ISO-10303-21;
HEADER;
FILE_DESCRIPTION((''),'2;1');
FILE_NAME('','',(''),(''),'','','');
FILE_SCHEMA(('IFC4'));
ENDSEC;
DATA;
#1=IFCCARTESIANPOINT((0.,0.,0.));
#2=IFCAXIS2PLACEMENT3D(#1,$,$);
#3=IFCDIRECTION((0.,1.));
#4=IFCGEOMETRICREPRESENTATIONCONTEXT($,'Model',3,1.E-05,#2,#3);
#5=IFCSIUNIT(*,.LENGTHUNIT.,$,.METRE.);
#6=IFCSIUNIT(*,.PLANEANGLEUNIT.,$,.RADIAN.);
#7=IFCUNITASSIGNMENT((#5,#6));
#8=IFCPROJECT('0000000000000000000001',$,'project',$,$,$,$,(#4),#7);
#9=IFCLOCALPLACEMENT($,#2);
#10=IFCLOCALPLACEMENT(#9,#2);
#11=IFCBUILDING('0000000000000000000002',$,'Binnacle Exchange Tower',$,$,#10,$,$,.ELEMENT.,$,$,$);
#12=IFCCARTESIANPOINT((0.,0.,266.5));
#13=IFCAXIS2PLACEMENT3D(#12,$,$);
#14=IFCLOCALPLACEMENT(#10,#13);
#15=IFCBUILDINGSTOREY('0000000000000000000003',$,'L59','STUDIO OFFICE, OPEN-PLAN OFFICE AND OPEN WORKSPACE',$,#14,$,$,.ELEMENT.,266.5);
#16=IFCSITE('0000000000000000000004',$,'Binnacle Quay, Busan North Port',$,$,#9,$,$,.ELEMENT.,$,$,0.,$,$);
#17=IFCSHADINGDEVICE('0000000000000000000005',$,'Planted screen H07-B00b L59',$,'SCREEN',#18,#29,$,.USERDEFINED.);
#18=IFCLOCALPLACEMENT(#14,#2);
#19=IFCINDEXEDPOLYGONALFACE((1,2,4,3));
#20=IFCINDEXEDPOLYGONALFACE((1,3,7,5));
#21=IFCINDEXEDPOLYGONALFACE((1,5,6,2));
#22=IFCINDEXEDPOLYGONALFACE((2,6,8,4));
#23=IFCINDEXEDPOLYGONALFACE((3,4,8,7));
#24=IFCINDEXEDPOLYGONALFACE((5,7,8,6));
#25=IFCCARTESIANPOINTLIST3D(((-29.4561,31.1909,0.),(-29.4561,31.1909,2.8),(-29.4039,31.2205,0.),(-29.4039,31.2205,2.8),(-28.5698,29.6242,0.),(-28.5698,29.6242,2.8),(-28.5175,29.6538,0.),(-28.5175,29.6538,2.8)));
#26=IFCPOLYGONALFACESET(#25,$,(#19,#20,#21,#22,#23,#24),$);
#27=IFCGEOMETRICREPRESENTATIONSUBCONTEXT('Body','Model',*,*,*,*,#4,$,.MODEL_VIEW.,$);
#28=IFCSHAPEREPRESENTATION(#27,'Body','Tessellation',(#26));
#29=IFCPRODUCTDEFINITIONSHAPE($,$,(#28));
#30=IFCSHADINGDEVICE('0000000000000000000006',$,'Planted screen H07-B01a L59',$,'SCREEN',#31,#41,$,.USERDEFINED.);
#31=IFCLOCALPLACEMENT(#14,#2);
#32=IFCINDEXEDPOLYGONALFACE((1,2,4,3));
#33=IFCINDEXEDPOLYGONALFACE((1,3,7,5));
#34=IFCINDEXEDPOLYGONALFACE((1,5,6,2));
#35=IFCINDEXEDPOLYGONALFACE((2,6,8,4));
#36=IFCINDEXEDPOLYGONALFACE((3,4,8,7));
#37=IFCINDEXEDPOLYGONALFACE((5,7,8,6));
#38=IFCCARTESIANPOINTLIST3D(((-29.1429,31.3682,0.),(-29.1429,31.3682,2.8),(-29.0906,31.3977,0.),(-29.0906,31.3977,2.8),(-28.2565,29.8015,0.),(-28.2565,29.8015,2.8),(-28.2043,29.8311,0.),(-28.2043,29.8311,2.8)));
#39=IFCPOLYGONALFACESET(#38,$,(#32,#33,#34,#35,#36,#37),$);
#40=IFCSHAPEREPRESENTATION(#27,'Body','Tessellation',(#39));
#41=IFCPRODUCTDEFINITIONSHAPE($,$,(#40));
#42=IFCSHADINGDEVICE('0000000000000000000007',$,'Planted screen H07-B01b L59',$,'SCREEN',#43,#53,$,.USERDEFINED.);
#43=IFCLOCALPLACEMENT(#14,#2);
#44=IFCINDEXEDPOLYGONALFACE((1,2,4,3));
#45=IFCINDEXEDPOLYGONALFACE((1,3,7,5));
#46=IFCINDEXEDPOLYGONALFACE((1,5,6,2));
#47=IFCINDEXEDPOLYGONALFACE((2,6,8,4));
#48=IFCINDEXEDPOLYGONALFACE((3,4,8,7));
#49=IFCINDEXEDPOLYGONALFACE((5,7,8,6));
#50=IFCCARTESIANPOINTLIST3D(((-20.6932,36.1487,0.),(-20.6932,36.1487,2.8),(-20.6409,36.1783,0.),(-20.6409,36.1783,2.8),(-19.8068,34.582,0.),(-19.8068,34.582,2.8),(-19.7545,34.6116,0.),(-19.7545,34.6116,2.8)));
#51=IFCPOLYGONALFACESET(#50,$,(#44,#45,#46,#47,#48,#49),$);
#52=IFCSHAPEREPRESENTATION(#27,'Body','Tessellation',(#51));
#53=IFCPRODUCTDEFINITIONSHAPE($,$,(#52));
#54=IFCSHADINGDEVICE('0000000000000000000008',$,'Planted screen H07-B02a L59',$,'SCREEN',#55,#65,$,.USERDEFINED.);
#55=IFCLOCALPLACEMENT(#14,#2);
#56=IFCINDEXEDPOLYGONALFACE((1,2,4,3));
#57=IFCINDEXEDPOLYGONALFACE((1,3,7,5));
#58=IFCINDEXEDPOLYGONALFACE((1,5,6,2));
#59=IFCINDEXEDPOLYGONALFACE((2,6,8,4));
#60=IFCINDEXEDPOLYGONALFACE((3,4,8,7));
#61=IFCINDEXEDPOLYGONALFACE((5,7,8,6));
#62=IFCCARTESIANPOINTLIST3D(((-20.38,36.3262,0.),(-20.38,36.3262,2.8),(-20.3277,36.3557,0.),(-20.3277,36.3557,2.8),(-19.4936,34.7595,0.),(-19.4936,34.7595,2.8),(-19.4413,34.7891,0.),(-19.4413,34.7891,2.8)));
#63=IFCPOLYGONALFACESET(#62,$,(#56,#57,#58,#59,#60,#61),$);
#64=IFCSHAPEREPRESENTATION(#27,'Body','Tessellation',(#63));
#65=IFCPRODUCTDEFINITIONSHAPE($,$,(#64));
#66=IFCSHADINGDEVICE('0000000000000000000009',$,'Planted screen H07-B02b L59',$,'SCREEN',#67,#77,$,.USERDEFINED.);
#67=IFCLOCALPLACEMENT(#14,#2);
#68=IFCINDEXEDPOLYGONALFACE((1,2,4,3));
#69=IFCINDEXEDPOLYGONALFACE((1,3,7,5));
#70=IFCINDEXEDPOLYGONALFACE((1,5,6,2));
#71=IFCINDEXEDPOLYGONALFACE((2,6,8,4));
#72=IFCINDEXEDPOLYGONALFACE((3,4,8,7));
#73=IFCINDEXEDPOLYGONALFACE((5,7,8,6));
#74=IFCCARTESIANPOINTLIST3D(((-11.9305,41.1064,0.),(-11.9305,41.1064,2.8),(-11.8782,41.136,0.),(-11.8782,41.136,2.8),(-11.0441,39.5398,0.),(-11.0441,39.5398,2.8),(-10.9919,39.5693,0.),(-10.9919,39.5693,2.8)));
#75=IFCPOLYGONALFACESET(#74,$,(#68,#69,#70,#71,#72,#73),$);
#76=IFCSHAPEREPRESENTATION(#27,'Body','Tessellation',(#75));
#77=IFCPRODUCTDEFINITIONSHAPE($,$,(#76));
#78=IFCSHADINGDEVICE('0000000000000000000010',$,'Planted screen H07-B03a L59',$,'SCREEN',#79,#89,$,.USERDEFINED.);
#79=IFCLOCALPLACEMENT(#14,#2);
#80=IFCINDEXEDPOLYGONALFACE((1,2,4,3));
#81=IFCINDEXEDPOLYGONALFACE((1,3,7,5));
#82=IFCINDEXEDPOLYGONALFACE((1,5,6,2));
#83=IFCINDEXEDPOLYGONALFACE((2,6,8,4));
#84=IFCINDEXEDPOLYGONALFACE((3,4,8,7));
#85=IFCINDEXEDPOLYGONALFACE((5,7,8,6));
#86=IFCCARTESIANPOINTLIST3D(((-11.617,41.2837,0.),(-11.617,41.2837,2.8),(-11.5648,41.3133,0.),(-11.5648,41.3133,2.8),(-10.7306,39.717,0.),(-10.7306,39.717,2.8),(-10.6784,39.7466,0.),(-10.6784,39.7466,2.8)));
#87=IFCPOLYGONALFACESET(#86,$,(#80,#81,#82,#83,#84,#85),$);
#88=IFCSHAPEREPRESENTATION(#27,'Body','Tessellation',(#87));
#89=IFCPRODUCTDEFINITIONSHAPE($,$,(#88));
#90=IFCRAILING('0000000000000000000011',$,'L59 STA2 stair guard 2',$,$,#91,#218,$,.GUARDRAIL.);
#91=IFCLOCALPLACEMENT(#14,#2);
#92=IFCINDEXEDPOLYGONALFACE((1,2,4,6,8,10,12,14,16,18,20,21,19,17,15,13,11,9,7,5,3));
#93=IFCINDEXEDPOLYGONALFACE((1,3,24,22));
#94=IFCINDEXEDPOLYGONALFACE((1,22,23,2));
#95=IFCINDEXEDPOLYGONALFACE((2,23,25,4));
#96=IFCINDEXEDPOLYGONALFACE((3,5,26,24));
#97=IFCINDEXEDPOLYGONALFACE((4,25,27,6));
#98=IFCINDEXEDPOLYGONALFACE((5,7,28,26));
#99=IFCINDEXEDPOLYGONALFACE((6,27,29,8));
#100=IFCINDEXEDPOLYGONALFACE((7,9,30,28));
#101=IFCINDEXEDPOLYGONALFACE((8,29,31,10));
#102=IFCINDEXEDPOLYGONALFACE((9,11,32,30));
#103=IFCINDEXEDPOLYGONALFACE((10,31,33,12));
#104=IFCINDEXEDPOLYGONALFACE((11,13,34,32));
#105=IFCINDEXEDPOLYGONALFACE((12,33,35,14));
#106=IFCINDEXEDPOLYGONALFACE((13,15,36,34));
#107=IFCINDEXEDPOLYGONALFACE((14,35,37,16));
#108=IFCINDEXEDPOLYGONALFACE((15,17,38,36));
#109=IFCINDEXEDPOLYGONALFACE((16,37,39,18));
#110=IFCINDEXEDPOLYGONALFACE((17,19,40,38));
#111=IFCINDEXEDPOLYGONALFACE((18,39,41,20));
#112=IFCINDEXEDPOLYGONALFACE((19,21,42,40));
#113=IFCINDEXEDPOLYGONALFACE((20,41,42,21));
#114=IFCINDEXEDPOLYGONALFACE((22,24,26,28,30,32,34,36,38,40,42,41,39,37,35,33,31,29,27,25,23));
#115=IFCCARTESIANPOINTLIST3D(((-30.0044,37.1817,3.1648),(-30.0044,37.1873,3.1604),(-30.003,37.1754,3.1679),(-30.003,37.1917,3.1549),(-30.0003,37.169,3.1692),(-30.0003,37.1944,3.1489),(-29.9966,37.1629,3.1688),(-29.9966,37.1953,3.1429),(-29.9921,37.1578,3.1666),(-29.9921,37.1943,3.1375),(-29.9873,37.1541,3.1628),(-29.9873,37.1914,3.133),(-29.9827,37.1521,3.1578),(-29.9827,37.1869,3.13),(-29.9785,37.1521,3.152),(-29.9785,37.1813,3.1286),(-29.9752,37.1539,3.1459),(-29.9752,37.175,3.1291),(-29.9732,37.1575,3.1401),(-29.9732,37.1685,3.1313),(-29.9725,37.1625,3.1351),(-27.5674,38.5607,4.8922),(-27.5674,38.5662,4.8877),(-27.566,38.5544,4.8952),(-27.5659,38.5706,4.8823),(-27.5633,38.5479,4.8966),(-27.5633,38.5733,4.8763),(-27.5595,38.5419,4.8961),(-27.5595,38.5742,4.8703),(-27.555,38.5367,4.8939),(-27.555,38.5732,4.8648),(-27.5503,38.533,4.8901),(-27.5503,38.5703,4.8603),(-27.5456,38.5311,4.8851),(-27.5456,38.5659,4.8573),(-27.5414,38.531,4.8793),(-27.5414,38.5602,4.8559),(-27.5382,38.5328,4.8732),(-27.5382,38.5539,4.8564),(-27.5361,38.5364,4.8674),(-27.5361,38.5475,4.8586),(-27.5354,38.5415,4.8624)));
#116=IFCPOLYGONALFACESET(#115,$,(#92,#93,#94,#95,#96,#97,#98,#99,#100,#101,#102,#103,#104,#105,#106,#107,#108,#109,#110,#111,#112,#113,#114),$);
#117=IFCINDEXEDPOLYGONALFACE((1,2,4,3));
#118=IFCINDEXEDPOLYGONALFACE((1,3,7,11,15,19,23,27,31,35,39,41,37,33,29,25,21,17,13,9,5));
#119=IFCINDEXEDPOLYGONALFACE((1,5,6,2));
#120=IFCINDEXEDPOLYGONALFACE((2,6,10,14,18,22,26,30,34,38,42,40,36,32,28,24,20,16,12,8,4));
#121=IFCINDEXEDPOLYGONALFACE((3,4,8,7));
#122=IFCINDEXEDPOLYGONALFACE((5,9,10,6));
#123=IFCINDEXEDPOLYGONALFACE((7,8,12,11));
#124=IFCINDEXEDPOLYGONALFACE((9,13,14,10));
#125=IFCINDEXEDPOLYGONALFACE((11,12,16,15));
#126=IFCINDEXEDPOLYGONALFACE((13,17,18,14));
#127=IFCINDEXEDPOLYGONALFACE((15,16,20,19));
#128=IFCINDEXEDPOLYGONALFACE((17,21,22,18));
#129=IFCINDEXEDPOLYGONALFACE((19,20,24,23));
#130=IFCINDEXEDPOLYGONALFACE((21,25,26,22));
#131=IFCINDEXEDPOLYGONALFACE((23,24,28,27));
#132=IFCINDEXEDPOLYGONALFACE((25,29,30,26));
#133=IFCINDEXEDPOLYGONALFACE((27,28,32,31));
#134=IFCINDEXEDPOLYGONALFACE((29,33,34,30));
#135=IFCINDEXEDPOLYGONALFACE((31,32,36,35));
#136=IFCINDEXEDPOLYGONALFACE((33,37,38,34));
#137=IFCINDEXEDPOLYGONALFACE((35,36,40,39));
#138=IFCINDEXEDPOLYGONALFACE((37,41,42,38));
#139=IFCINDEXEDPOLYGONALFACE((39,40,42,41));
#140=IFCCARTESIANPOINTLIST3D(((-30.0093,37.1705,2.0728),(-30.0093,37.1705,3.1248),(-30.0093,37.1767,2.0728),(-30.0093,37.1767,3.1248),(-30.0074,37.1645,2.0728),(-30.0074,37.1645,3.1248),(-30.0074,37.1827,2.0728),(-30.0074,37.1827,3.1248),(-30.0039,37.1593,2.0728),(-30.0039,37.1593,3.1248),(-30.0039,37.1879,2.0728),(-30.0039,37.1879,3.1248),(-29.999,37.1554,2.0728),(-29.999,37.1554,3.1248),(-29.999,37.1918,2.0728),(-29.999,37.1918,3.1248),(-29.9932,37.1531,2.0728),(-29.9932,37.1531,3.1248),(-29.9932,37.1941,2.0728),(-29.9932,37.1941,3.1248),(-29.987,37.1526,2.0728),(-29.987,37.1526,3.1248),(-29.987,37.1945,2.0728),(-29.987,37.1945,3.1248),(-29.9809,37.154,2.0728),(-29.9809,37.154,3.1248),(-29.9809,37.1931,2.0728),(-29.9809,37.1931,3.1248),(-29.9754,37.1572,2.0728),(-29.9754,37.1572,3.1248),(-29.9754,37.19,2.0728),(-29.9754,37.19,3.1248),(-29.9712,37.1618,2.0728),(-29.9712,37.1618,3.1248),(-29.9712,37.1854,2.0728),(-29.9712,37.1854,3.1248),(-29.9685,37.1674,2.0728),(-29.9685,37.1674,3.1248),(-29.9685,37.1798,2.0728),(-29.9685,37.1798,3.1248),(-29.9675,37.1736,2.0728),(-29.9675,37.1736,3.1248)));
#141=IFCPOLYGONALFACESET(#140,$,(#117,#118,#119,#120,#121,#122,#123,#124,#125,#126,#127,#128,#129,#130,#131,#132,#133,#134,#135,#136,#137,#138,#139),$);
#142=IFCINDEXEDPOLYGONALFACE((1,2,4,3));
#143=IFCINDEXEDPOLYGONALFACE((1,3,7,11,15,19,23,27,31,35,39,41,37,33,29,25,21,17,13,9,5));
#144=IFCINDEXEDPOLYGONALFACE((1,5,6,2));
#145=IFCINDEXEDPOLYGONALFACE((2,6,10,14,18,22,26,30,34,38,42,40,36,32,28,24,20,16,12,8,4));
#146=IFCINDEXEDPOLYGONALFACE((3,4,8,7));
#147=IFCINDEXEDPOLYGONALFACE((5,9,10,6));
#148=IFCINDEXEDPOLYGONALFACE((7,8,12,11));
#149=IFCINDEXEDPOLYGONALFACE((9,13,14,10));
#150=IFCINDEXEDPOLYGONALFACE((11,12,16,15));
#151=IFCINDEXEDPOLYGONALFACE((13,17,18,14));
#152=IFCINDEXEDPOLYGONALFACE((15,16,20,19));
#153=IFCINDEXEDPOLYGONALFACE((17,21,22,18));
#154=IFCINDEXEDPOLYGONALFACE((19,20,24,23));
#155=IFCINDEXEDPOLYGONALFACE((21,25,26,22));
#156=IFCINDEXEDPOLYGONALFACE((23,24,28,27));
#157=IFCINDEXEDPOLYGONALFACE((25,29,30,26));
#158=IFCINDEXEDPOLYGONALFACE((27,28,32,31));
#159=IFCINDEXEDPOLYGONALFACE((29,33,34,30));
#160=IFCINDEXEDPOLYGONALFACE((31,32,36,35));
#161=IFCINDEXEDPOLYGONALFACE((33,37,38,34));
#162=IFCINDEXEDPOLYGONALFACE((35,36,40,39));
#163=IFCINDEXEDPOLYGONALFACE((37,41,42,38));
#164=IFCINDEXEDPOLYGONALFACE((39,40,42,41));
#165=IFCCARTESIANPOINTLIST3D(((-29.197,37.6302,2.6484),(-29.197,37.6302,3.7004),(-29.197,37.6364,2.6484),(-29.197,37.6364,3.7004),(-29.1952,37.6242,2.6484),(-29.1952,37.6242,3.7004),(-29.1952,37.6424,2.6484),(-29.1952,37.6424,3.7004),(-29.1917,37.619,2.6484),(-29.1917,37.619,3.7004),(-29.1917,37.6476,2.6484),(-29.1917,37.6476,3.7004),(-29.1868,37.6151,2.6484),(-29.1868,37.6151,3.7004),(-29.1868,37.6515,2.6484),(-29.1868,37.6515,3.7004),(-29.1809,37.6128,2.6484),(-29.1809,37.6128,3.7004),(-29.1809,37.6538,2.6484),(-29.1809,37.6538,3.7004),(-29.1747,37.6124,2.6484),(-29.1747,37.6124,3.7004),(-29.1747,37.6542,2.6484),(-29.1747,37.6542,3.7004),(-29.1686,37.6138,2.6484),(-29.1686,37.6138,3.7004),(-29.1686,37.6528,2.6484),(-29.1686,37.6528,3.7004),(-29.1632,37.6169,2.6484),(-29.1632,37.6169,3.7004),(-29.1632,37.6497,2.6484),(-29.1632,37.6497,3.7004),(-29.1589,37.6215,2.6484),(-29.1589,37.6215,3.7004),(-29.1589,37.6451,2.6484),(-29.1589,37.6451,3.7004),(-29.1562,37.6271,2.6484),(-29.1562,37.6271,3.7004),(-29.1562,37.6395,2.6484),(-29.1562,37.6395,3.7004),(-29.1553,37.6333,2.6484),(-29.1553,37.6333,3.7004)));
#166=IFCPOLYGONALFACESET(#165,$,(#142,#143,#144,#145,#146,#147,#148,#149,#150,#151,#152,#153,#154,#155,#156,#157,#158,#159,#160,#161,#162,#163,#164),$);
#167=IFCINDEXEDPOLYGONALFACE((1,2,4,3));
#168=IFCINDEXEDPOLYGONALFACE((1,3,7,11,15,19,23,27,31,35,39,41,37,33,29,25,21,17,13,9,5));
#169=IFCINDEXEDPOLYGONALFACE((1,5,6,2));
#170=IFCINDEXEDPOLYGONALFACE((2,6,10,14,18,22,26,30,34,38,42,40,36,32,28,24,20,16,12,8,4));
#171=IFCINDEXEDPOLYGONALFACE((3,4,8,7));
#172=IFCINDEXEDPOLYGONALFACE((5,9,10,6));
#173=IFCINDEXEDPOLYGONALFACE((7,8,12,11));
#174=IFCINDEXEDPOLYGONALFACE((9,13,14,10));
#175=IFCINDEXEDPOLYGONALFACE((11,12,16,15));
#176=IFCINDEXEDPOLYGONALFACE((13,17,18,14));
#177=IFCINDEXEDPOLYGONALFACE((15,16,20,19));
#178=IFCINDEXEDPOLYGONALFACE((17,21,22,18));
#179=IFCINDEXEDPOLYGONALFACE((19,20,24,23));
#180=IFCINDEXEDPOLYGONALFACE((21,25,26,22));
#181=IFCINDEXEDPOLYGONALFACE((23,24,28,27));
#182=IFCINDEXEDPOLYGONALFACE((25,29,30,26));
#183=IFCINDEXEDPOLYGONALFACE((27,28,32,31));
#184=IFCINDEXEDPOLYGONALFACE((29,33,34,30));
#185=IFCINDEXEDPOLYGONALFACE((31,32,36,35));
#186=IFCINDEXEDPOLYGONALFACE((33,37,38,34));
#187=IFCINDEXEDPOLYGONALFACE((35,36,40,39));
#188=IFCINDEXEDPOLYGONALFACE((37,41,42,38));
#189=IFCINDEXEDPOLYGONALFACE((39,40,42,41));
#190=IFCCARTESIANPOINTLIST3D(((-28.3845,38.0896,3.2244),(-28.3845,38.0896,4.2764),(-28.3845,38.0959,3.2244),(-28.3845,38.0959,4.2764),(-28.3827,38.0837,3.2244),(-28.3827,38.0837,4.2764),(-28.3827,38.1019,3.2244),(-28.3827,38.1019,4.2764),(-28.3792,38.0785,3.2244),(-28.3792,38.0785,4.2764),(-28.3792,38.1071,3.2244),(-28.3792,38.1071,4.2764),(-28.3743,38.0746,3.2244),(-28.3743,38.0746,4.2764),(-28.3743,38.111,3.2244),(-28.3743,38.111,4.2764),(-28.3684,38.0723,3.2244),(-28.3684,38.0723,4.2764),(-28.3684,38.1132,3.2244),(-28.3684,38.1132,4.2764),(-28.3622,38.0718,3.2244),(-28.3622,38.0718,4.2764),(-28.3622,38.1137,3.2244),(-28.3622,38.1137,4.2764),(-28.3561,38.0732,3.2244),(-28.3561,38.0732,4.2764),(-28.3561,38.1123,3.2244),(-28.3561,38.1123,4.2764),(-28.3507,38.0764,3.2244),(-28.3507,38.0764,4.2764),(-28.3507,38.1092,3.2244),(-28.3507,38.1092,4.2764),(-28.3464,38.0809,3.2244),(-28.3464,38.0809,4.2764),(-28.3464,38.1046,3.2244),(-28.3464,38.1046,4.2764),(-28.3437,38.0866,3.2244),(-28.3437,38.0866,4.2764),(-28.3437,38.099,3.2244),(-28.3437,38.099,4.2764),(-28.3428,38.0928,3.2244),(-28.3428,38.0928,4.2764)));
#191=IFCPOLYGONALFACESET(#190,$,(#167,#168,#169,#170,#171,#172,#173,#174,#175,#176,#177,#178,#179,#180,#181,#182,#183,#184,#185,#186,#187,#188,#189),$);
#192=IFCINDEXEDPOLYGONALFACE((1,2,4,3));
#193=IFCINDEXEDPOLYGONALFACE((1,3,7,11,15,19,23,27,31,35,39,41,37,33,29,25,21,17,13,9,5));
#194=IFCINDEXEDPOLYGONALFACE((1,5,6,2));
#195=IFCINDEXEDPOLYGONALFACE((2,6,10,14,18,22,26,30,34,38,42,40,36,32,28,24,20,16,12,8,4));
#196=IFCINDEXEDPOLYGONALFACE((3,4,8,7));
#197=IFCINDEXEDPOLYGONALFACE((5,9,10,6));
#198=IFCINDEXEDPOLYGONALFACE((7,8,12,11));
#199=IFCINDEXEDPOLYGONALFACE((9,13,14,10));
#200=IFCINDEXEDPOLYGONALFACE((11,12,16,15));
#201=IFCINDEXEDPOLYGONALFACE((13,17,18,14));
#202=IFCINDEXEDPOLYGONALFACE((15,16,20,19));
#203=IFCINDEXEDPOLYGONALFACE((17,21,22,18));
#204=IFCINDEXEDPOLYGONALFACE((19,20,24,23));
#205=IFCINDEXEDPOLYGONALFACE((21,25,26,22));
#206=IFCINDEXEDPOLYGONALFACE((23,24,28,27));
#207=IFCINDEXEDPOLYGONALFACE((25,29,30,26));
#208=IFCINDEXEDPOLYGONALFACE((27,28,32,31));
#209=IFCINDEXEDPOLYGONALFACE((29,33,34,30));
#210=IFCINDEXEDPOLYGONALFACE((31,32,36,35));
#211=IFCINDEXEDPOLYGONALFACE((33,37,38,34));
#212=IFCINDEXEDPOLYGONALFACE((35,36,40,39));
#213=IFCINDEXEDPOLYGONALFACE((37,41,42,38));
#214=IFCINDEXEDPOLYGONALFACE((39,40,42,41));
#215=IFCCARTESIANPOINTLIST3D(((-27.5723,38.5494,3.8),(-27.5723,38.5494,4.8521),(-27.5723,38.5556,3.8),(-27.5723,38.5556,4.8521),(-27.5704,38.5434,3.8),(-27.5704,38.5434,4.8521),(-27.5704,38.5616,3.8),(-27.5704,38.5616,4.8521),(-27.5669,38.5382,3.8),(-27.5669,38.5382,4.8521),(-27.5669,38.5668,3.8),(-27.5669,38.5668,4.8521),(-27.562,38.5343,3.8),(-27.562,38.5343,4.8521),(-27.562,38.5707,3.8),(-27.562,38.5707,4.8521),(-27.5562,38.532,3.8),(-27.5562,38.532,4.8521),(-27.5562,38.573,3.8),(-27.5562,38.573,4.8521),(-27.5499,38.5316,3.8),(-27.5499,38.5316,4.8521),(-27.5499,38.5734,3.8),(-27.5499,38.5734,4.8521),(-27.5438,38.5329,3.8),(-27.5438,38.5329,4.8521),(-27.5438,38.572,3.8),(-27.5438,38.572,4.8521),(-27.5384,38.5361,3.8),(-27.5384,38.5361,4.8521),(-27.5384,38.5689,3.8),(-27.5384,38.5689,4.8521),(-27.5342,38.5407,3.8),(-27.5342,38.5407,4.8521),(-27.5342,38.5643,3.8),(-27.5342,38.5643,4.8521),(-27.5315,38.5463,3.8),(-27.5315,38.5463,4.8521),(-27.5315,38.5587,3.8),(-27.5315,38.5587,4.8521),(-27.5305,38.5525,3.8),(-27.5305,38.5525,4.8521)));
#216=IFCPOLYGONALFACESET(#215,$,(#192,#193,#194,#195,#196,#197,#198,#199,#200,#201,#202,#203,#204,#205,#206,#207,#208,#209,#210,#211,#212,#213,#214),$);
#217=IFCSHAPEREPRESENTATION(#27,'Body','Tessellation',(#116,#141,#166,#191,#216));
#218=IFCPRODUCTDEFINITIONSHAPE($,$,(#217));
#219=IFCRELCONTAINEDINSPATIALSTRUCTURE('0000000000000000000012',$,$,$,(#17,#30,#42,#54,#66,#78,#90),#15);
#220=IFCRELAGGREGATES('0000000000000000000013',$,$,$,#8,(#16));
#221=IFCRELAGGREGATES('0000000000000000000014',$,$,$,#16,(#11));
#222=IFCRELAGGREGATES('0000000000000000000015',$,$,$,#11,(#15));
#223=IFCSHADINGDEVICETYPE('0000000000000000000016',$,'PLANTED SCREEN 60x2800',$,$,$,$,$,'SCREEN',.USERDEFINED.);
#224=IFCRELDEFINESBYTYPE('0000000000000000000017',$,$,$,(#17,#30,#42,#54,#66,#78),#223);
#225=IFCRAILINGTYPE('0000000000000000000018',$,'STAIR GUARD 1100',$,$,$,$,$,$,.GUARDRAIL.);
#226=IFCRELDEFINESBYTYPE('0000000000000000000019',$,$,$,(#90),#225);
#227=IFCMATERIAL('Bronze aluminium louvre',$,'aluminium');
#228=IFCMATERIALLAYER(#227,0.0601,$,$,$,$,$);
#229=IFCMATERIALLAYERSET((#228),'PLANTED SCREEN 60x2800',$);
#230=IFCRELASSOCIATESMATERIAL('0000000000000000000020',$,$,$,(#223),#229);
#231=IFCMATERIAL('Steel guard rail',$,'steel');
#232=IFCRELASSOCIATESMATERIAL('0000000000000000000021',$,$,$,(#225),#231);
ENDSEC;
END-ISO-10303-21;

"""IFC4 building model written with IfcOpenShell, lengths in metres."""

from ifc_helpers import new_model, si_unit, direction, frame, origin, origin_2d, place, context, subcontext, project, spatial, rectangle, circle, extrude, material, layer, layer_set, type_object, element, save


model = new_model("IFC4")

# Units and contexts
model_context = context("Model", 3, precision=1e-05, world=origin(), true_north=direction((0.0, 1.0)))
body_context = subcontext(model_context, "Body", "Model", "MODEL_VIEW")
ifc_project = project(units=[si_unit("LENGTHUNIT", "METRE"), si_unit("PLANEANGLEUNIT", "RADIAN")], contexts=[model_context])

# Site, building, storey
site_placement = place(None, origin())
site = spatial("IfcSite", under=ifc_project, at=site_placement, Name="Binnacle Quay, Busan North Port", CompositionType="ELEMENT", RefElevation=0.0)
building_placement = place(site_placement, origin())
building = spatial("IfcBuilding", under=site, at=building_placement, Name="Binnacle Exchange Tower", CompositionType="ELEMENT")
storey_placement = place(building_placement, frame((0.0, 0.0, 266.5)))
storey = spatial("IfcBuildingStorey", under=building, at=storey_placement, Name="L59", Description="STUDIO OFFICE, OPEN-PLAN OFFICE AND OPEN WORKSPACE", CompositionType="ELEMENT", Elevation=266.5)

# Shading devices
ifc_material_1 = material(Name="Bronze aluminium louvre", Category="aluminium")
ifc_layer_1 = layer(ifc_material_1, 0.0601)
ifc_layer_set_1 = layer_set([ifc_layer_1], Name="PLANTED SCREEN 60x2800")
shading_device_type = type_object("IfcShadingDeviceType", Name="PLANTED SCREEN 60x2800", ElementType="SCREEN", PredefinedType="USERDEFINED", material=ifc_layer_set_1)
for number, where, z_axis, x_axis, name in (
    (1, (-28.9868, 30.4224, 0.0), (0.0, 0.0, 1.0), (0.870356, 0.492424, 0.0), "Planted screen H07-B00b L59"),
    (2, (-28.6736, 30.5996, 0.0), (0.0, 0.0, 1.0), (0.870356, 0.492424, 0.0), "Planted screen H07-B01a L59"),
    (3, (-20.2239, 35.3801, 0.0), (0.0, 0.0, 1.0), (0.870356, 0.492424, 0.0), "Planted screen H07-B01b L59"),
    (4, (-19.9106, 35.5576, 0.0), (0.0, 0.0, 1.0), (0.870356, 0.492424, 0.0), "Planted screen H07-B02a L59"),
    (5, (-11.4612, 40.3379, 0.0), (0.0, 0.0, 1.0), (0.870356, 0.492424, 0.0), "Planted screen H07-B02b L59"),
    (6, (-11.1477, 40.5151, 0.0), (0.0, 0.0, 1.0), (0.870356, 0.492424, 0.0), "Planted screen H07-B03a L59"),
):
    element("IfcShadingDevice", number, at=place(storey_placement, frame(where, z_axis=z_axis, x_axis=x_axis)), inside=storey, type_object=shading_device_type, Name=name, ObjectType="SCREEN", PredefinedType="USERDEFINED", context=body_context, shape_type="SweptSolid", body=[
        extrude(rectangle(XDim=0.0601, YDim=1.8, at=origin_2d()), origin(), (0.0, 0.0, 1.0), 2.8),
    ])

# Railing
ifc_material_2 = material(Name="Steel guard rail", Category="steel")
railing_type_1 = type_object("IfcRailingType", Name="STAIR GUARD 1100", PredefinedType="GUARDRAIL", material=ifc_material_2)
railing_1_placement = place(storey_placement, frame((-29.9885, 37.1736, 2.0728)))
element("IfcRailing", 7, at=railing_1_placement, inside=storey, type_object=railing_type_1, Name="L59 STA2 stair guard 2", PredefinedType="GUARDRAIL", context=body_context, shape_type="SweptSolid", body=[
    extrude(circle(Radius=0.0239, at=origin_2d()), frame((0.0, 0.0, 1.0762), z_axis=(0.740738, 0.419123, 0.525017), x_axis=(-0.492454, 0.870339, 0.0)), (0.0, 0.0, 1.0), 3.29),
    extrude(circle(Radius=0.021, at=origin_2d()), origin(), (0.0, 0.0, 1.0), 1.052),
    extrude(circle(Radius=0.021, at=origin_2d()), frame((0.8123, 0.4597, 0.5757)), (0.0, 0.0, 1.0), 1.052),
    extrude(circle(Radius=0.021, at=origin_2d()), frame((1.6248, 0.9192, 1.1516)), (0.0, 0.0, 1.0), 1.052),
    extrude(circle(Radius=0.021, at=origin_2d()), frame((2.437, 1.3789, 1.7273)), (0.0, 0.0, 1.0), 1.052),
])

save(model, "model.ifc")
